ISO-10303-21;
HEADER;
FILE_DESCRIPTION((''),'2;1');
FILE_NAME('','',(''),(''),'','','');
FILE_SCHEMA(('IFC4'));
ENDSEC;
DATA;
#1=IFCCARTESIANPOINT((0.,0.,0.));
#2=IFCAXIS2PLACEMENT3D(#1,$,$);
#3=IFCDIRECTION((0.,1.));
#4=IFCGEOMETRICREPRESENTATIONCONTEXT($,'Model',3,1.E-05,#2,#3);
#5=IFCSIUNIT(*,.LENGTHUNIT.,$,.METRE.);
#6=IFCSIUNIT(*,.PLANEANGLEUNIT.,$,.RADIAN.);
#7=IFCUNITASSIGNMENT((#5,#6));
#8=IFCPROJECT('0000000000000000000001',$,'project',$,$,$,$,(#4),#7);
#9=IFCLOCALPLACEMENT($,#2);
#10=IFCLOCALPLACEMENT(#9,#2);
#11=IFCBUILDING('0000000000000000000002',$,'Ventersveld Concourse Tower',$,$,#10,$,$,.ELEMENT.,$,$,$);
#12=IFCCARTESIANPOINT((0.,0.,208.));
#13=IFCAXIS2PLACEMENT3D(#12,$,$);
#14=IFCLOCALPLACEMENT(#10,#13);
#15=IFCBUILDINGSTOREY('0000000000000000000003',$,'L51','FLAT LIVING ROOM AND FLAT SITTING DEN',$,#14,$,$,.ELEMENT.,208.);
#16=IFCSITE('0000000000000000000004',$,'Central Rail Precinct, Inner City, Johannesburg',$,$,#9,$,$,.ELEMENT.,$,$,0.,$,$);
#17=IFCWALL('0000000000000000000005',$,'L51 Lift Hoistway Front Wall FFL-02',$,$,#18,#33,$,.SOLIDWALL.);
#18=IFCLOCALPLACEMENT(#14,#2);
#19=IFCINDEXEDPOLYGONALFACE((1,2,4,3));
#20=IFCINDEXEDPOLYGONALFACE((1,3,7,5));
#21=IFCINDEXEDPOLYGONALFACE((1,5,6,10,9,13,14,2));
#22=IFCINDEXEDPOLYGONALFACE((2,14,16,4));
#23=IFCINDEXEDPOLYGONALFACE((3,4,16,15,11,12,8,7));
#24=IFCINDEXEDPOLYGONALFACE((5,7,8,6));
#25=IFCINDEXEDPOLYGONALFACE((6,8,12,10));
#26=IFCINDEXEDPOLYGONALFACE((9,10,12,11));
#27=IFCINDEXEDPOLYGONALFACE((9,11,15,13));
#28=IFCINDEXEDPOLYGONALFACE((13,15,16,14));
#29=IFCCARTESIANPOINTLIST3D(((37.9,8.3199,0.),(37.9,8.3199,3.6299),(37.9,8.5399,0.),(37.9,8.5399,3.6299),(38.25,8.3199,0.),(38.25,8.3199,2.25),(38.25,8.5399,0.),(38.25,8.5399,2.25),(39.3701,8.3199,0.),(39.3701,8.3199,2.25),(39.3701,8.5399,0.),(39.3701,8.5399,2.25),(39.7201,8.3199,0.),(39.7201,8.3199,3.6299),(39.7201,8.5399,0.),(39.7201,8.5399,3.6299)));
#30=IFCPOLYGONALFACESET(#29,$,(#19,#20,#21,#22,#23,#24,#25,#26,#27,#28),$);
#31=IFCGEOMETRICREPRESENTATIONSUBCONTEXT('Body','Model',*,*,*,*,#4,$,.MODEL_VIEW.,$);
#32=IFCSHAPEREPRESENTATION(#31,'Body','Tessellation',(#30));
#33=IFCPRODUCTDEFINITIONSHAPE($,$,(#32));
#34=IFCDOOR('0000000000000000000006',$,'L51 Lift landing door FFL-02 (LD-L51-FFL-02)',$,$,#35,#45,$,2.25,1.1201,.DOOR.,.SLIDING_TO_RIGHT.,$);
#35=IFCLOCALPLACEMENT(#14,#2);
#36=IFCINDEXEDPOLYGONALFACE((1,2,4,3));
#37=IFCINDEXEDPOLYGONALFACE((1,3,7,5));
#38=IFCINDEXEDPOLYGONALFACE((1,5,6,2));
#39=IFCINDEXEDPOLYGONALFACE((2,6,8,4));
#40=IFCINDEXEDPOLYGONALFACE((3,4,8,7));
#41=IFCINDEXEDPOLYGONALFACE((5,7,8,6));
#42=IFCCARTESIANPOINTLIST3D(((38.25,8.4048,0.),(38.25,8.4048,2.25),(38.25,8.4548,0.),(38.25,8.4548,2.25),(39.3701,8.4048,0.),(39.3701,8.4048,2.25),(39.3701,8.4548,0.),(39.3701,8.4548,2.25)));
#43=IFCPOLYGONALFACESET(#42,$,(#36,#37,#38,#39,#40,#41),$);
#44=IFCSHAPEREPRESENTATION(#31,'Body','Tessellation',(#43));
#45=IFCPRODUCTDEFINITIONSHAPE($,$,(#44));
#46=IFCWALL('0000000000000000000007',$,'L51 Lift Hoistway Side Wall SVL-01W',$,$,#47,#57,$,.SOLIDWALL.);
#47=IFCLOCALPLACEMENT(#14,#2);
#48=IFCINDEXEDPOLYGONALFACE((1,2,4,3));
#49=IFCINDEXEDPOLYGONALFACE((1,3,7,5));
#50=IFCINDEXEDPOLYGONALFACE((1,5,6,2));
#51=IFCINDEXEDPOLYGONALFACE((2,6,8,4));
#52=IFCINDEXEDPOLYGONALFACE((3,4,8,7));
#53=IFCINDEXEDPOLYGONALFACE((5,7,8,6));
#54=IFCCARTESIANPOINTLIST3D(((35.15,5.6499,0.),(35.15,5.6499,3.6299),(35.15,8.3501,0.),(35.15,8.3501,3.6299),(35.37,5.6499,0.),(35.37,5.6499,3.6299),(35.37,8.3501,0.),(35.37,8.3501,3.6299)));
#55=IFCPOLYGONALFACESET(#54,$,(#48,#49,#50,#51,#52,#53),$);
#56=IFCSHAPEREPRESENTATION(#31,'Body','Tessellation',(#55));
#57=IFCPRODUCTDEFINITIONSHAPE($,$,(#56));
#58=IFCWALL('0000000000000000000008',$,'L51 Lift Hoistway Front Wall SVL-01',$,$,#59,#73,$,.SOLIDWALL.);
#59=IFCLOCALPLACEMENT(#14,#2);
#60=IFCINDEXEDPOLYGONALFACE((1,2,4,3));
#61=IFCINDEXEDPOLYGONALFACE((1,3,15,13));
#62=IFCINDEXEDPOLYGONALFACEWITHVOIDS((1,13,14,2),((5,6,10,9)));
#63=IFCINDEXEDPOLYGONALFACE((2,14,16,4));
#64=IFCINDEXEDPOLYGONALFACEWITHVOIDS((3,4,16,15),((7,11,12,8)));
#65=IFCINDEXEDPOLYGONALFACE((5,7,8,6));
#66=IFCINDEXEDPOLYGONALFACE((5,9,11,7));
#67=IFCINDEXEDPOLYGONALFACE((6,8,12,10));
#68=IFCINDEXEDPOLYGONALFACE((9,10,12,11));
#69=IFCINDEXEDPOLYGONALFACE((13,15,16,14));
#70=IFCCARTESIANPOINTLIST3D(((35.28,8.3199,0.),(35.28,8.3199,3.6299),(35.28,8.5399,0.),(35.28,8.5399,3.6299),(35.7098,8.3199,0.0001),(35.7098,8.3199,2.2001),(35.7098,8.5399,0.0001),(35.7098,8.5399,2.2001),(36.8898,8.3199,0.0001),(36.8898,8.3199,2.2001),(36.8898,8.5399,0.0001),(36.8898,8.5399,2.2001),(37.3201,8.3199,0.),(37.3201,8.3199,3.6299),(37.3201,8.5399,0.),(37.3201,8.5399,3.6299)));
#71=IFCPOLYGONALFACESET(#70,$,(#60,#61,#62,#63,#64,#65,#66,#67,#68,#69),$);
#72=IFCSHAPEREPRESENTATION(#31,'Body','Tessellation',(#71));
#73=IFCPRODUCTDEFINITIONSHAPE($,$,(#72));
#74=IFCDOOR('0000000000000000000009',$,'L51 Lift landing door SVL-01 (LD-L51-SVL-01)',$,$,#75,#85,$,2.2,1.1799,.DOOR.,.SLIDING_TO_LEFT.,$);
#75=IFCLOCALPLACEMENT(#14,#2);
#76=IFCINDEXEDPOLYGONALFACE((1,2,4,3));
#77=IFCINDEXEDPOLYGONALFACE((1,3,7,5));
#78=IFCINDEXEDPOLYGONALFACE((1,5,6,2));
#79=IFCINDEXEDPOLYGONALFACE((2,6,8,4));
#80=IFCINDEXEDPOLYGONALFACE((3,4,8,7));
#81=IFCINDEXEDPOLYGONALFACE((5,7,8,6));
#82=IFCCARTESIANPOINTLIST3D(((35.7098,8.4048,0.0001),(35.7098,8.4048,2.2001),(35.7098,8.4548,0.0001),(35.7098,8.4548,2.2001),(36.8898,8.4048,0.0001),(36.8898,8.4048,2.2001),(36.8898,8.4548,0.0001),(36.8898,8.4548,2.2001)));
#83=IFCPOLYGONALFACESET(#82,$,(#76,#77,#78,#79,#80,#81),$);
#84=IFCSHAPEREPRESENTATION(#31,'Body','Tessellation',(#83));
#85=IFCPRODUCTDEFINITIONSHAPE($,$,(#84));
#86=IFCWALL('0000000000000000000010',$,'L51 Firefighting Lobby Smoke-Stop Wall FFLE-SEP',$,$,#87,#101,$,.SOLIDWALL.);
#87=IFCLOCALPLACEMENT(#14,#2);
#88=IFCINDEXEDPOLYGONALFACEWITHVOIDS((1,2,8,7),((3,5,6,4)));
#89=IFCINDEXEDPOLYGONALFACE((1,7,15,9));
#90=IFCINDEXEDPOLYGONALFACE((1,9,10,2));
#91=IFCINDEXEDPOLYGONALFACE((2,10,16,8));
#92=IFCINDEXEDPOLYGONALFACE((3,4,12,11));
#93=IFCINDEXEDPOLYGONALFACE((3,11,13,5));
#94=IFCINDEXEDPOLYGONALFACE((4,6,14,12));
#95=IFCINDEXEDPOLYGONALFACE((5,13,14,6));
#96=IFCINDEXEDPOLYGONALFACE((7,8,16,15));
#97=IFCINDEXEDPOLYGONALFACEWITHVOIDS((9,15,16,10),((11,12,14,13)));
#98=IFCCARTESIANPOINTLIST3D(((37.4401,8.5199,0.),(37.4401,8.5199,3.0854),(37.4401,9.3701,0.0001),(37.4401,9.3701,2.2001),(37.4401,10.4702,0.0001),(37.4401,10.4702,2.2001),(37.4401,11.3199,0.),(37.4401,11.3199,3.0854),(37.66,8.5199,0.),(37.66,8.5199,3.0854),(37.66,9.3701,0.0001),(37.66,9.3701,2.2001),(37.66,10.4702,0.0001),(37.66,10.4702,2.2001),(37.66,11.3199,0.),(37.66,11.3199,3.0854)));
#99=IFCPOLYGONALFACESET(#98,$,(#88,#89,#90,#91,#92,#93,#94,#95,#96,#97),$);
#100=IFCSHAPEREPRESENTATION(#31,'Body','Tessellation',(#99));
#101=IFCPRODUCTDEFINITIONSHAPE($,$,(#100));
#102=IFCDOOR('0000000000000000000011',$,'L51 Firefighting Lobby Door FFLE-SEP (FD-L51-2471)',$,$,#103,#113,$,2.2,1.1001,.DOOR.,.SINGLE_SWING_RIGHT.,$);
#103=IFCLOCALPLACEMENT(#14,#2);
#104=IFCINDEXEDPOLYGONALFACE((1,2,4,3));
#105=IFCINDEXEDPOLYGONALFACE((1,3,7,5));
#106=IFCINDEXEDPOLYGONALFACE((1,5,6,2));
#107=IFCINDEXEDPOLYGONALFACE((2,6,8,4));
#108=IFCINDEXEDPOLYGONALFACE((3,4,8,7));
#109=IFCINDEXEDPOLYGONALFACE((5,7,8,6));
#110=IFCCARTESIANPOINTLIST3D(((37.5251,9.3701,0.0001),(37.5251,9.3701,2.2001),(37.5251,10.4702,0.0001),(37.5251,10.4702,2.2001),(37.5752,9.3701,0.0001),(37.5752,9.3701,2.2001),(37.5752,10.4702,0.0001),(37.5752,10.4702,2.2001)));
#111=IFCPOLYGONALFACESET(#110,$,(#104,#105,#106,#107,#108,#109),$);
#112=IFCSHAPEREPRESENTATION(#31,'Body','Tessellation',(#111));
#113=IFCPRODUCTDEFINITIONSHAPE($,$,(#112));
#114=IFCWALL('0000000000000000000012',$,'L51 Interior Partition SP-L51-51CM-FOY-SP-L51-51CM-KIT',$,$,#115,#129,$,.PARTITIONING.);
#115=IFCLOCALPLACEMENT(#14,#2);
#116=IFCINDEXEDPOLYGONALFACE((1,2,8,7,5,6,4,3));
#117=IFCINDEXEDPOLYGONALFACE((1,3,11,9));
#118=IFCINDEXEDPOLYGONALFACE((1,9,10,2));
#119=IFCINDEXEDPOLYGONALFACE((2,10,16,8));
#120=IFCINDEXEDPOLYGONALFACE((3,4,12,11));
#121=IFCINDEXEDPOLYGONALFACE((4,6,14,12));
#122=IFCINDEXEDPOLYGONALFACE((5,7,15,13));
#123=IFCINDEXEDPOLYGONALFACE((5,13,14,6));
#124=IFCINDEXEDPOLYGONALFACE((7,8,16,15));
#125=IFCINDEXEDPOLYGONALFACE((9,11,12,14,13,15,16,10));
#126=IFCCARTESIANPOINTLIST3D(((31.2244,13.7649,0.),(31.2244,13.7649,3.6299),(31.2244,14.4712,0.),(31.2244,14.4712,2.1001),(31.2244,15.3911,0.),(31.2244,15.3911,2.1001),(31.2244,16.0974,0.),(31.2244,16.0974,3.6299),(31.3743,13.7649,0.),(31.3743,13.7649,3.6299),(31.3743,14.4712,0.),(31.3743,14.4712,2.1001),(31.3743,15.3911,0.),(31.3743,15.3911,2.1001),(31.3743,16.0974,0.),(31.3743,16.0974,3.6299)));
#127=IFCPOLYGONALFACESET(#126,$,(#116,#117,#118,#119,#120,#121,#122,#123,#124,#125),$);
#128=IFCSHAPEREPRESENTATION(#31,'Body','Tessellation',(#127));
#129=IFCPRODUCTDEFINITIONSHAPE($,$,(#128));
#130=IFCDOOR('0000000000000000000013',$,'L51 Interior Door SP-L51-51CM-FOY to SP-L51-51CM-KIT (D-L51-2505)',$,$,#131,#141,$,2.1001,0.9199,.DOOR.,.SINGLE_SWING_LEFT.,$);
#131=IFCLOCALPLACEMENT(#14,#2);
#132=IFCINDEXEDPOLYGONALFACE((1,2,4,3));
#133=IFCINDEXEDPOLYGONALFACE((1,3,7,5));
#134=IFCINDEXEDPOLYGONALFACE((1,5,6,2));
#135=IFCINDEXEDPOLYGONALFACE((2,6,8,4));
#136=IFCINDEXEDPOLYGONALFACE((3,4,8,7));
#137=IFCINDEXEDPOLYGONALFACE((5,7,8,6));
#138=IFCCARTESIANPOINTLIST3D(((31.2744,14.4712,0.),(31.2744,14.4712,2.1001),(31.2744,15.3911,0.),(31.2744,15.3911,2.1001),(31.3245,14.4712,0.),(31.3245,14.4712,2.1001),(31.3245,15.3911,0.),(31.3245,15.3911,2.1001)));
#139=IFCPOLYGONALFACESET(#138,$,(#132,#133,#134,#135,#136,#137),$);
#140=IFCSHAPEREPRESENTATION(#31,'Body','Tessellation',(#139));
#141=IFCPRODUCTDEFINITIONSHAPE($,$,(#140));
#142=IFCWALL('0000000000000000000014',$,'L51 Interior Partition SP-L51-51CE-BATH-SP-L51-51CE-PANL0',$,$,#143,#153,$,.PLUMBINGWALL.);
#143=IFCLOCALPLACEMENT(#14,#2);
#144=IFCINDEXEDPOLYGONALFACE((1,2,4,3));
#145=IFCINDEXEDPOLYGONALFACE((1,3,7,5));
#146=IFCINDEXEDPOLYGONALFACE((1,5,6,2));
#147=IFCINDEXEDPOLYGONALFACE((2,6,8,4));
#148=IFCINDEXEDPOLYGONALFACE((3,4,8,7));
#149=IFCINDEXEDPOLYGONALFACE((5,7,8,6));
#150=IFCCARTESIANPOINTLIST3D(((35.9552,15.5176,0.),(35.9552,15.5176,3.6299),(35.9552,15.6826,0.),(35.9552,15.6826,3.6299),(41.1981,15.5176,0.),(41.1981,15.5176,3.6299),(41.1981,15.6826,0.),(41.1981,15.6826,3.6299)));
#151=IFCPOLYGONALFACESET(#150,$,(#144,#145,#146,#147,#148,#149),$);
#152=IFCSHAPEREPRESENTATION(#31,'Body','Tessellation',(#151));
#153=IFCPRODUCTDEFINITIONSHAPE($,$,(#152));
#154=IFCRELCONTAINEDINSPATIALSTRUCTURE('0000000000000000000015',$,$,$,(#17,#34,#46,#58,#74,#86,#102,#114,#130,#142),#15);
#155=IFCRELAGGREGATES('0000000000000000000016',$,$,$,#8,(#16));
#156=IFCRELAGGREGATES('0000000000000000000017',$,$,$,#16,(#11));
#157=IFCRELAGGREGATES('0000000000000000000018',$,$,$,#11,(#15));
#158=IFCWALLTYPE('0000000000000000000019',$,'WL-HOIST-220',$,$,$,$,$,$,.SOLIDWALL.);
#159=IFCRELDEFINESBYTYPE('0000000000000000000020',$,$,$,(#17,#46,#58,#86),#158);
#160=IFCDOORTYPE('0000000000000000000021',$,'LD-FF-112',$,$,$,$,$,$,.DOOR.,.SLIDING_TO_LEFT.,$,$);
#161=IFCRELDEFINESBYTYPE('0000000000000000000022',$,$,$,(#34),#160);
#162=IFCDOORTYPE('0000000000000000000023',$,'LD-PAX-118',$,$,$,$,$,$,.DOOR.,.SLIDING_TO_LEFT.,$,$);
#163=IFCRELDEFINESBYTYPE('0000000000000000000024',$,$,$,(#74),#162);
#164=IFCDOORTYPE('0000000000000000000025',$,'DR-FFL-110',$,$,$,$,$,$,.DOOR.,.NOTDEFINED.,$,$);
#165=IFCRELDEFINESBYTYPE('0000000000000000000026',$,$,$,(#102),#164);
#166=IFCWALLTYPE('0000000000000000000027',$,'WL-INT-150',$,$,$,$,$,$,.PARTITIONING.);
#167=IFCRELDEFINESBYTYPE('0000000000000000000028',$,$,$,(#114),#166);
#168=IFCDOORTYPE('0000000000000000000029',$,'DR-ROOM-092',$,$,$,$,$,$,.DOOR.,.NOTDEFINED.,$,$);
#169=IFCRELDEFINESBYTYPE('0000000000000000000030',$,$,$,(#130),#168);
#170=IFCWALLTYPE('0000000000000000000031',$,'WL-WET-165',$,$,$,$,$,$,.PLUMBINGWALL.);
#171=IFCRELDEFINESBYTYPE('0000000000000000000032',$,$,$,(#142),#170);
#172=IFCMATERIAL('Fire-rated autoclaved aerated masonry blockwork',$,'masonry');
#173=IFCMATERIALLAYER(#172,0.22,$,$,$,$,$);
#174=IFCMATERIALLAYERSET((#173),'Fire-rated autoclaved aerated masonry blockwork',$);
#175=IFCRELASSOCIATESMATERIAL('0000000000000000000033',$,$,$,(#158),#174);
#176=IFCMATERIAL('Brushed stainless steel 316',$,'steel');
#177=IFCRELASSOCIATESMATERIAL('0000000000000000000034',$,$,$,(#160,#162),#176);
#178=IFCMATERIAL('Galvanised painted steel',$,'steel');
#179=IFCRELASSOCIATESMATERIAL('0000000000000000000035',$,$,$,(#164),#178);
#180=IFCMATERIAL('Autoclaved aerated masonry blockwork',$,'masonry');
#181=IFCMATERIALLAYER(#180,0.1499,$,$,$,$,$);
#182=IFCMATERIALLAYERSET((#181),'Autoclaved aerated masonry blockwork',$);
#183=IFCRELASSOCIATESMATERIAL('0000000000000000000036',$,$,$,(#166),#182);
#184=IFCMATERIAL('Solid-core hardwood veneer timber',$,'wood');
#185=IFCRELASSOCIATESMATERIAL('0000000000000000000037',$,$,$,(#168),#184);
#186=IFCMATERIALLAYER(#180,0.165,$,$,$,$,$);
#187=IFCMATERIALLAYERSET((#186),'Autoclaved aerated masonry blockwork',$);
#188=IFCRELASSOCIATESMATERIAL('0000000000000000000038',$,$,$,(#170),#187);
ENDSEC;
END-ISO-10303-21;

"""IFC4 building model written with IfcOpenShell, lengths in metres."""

from ifc_helpers import new_model, si_unit, direction, frame, frame_2d, origin, place, context, subcontext, project, spatial, rectangle, extrude, material, layer, layer_set, type_object, element, fill, save


model = new_model("IFC4")

# Units and contexts
model_context = context("Model", 3, precision=1e-05, world=origin(), true_north=direction((0.0, 1.0)))
body_context = subcontext(model_context, "Body", "Model", "MODEL_VIEW")
ifc_project = project(units=[si_unit("LENGTHUNIT", "METRE"), si_unit("PLANEANGLEUNIT", "RADIAN")], contexts=[model_context])

# Site, building, storey
site_placement = place(None, origin())
site = spatial("IfcSite", under=ifc_project, at=site_placement, Name="Central Rail Precinct, Inner City, Johannesburg", CompositionType="ELEMENT", RefElevation=0.0)
building_placement = place(site_placement, origin())
building = spatial("IfcBuilding", under=site, at=building_placement, Name="Ventersveld Concourse Tower", CompositionType="ELEMENT")
storey_placement = place(building_placement, frame((0.0, 0.0, 208.0)))
storey = spatial("IfcBuildingStorey", under=building, at=storey_placement, Name="L51", Description="FLAT LIVING ROOM AND FLAT SITTING DEN", CompositionType="ELEMENT", Elevation=208.0)

# Shared definitions
ifc_material_1 = material(Name="Fire-rated autoclaved aerated masonry blockwork", Category="masonry")
ifc_layer_1 = layer(ifc_material_1, 0.22)
ifc_layer_set_1 = layer_set([ifc_layer_1], Name="Fire-rated autoclaved aerated masonry blockwork")
wall_type_1 = type_object("IfcWallType", Name="WL-HOIST-220", PredefinedType="SOLIDWALL", material=ifc_layer_set_1)

# Wall, opening, door
wall_1_placement = place(storey_placement, frame((37.8999, 8.4299, 0.0), z_axis=(0.0, 0.0, 1.0), x_axis=(1.0, 0.0, 0.0)))
wall_1 = element("IfcWall", 1, at=wall_1_placement, inside=storey, type_object=wall_type_1, Name="L51 Lift Hoistway Front Wall FFL-02", PredefinedType="SOLIDWALL", context=body_context, shape_type="SweptSolid", body=[
    extrude(rectangle(XDim=1.8201, YDim=0.22, at=frame_2d((0.9102, 0.0))), origin(), (0.0, 0.0, 1.0), 3.6299),
])
opening_1_placement = place(wall_1_placement, frame((0.3501, 0.0, 0.0)))
opening_1 = element("IfcOpeningElement", 2, at=opening_1_placement, cuts=wall_1, PredefinedType="OPENING", context=body_context, shape_type="SweptSolid", body=[
    extrude(rectangle(XDim=1.1201, YDim=2.25, at=frame_2d((0.5601, 1.125))), frame((0.0, 0.1201, 0.0), z_axis=(0.0, -1.0, 0.0), x_axis=(1.0, 0.0, 0.0)), (0.0, 0.0, 1.0), 0.24),
])
ifc_material_2 = material(Name="Brushed stainless steel 316", Category="steel")
door_type_1 = type_object("IfcDoorType", Name="LD-FF-112", OperationType="SLIDING_TO_LEFT", PredefinedType="DOOR", material=ifc_material_2)
door_1_placement = place(opening_1_placement, origin())
door_1 = element("IfcDoor", 3, at=door_1_placement, inside=storey, type_object=door_type_1, Name="L51 Lift landing door FFL-02 (LD-L51-FFL-02)", OperationType="SLIDING_TO_RIGHT", OverallHeight=2.25, OverallWidth=1.1201, PredefinedType="DOOR", context=body_context, shape_type="SweptSolid", body=[
    extrude(rectangle(XDim=1.1201, YDim=2.25, at=frame_2d((0.5601, 1.125))), frame((0.0, 0.0249, 0.0), z_axis=(0.0, -1.0, 0.0), x_axis=(1.0, 0.0, 0.0)), (0.0, 0.0, 1.0), 0.05),
])
fill(opening_1, door_1)

# Wall
wall_2_placement = place(storey_placement, frame((35.26, 5.6499, 0.0), z_axis=(0.0, 0.0, 1.0), x_axis=(0.0, 1.0, 0.0)))
element("IfcWall", 4, at=wall_2_placement, inside=storey, type_object=wall_type_1, Name="L51 Lift Hoistway Side Wall SVL-01W", PredefinedType="SOLIDWALL", context=body_context, shape_type="SweptSolid", body=[
    extrude(rectangle(XDim=2.7002, YDim=0.22, at=frame_2d((1.3501, 0.0))), origin(), (0.0, 0.0, 1.0), 3.6299),
])

# Walls, openings, doors
wall_3_placement = place(storey_placement, frame((35.28, 8.4299, 0.0), z_axis=(0.0, 0.0, 1.0), x_axis=(1.0, 0.0, 0.0)))
wall_3 = element("IfcWall", 5, at=wall_3_placement, inside=storey, type_object=wall_type_1, Name="L51 Lift Hoistway Front Wall SVL-01", PredefinedType="SOLIDWALL", context=body_context, shape_type="SweptSolid", body=[
    extrude(rectangle(XDim=2.04, YDim=0.22, at=frame_2d((1.02, 0.0))), origin(), (0.0, 0.0, 1.0), 3.6299),
])
opening_2_placement = place(wall_3_placement, frame((0.4299, 0.0, 0.0)))
opening_2 = element("IfcOpeningElement", 6, at=opening_2_placement, cuts=wall_3, PredefinedType="OPENING", context=body_context, shape_type="SweptSolid", body=[
    extrude(rectangle(XDim=1.1799, YDim=2.2, at=frame_2d((0.5898, 1.1001))), frame((0.0, 0.1201, 0.0), z_axis=(0.0, -1.0, 0.0), x_axis=(1.0, 0.0, 0.0)), (0.0, 0.0, 1.0), 0.24),
])
door_type_2 = type_object("IfcDoorType", Name="LD-PAX-118", OperationType="SLIDING_TO_LEFT", PredefinedType="DOOR", material=ifc_material_2)
door_2_placement = place(opening_2_placement, origin())
door_2 = element("IfcDoor", 7, at=door_2_placement, inside=storey, type_object=door_type_2, Name="L51 Lift landing door SVL-01 (LD-L51-SVL-01)", OperationType="SLIDING_TO_LEFT", OverallHeight=2.2, OverallWidth=1.1799, PredefinedType="DOOR", context=body_context, shape_type="SweptSolid", body=[
    extrude(rectangle(XDim=1.1799, YDim=2.2, at=frame_2d((0.5898, 1.1001))), frame((0.0, 0.0249, 0.0), z_axis=(0.0, -1.0, 0.0), x_axis=(1.0, 0.0, 0.0)), (0.0, 0.0, 1.0), 0.05),
])
fill(opening_2, door_2)
wall_4_placement = place(storey_placement, frame((37.55, 8.52, 0.0), z_axis=(0.0, 0.0, 1.0), x_axis=(0.0, 1.0, 0.0)))
wall_4 = element("IfcWall", 8, at=wall_4_placement, inside=storey, type_object=wall_type_1, Name="L51 Firefighting Lobby Smoke-Stop Wall FFLE-SEP", PredefinedType="SOLIDWALL", context=body_context, shape_type="SweptSolid", body=[
    extrude(rectangle(XDim=2.8, YDim=0.22, at=frame_2d((1.3999, 0.0))), origin(), (0.0, 0.0, 1.0), 3.0854),
])
opening_3_placement = place(wall_4_placement, frame((0.8501, 0.0, 0.0)))
opening_3 = element("IfcOpeningElement", 9, at=opening_3_placement, cuts=wall_4, PredefinedType="OPENING", context=body_context, shape_type="SweptSolid", body=[
    extrude(rectangle(XDim=1.1001, YDim=2.2, at=frame_2d((0.55, 1.1001))), frame((0.0, 0.1201, 0.0), z_axis=(0.0, -1.0, 0.0), x_axis=(1.0, 0.0, 0.0)), (0.0, 0.0, 1.0), 0.24),
])
ifc_material_3 = material(Name="Galvanised painted steel", Category="steel")
door_type_3 = type_object("IfcDoorType", Name="DR-FFL-110", OperationType="NOTDEFINED", PredefinedType="DOOR", material=ifc_material_3)
door_3_placement = place(opening_3_placement, origin())
door_3 = element("IfcDoor", 10, at=door_3_placement, inside=storey, type_object=door_type_3, Name="L51 Firefighting Lobby Door FFLE-SEP (FD-L51-2471)", OperationType="SINGLE_SWING_RIGHT", OverallHeight=2.2, OverallWidth=1.1001, PredefinedType="DOOR", context=body_context, shape_type="SweptSolid", body=[
    extrude(rectangle(XDim=1.1001, YDim=2.2, at=frame_2d((0.55, 1.1001))), frame((0.0, 0.0249, 0.0), z_axis=(0.0, -1.0, 0.0), x_axis=(1.0, 0.0, 0.0)), (0.0, 0.0, 1.0), 0.05),
])
fill(opening_3, door_3)
ifc_material_4 = material(Name="Autoclaved aerated masonry blockwork", Category="masonry")
ifc_layer_2 = layer(ifc_material_4, 0.1499)
ifc_layer_set_2 = layer_set([ifc_layer_2], Name="Autoclaved aerated masonry blockwork")
wall_type_2 = type_object("IfcWallType", Name="WL-INT-150", PredefinedType="PARTITIONING", material=ifc_layer_set_2)
wall_5_placement = place(storey_placement, frame((31.2993, 13.7649, 0.0), z_axis=(0.0, 0.0, 1.0), x_axis=(0.0, 1.0, 0.0)))
wall_5 = element("IfcWall", 11, at=wall_5_placement, inside=storey, type_object=wall_type_2, Name="L51 Interior Partition SP-L51-51CM-FOY-SP-L51-51CM-KIT", PredefinedType="PARTITIONING", context=body_context, shape_type="SweptSolid", body=[
    extrude(rectangle(XDim=2.3325, YDim=0.1499, at=frame_2d((1.1663, 0.0))), origin(), (0.0, 0.0, 1.0), 3.6299),
])
opening_4_placement = place(wall_5_placement, frame((0.7063, 0.0, 0.0)))
opening_4 = element("IfcOpeningElement", 12, at=opening_4_placement, cuts=wall_5, PredefinedType="OPENING", context=body_context, shape_type="SweptSolid", body=[
    extrude(rectangle(XDim=0.9199, YDim=2.1001, at=frame_2d((0.46, 1.05))), frame((0.0, 0.085, 0.0), z_axis=(0.0, -1.0, 0.0), x_axis=(1.0, 0.0, 0.0)), (0.0, 0.0, 1.0), 0.1699),
])
ifc_material_5 = material(Name="Solid-core hardwood veneer timber", Category="wood")
door_type_4 = type_object("IfcDoorType", Name="DR-ROOM-092", OperationType="NOTDEFINED", PredefinedType="DOOR", material=ifc_material_5)
door_4_placement = place(opening_4_placement, origin())
door_4 = element("IfcDoor", 13, at=door_4_placement, inside=storey, type_object=door_type_4, Name="L51 Interior Door SP-L51-51CM-FOY to SP-L51-51CM-KIT (D-L51-2505)", OperationType="SINGLE_SWING_LEFT", OverallHeight=2.1001, OverallWidth=0.9199, PredefinedType="DOOR", context=body_context, shape_type="SweptSolid", body=[
    extrude(rectangle(XDim=0.9199, YDim=2.1001, at=frame_2d((0.46, 1.05))), frame((0.0, 0.0249, 0.0), z_axis=(0.0, -1.0, 0.0), x_axis=(1.0, 0.0, 0.0)), (0.0, 0.0, 1.0), 0.05),
])
fill(opening_4, door_4)

# Wall
ifc_layer_3 = layer(ifc_material_4, 0.165)
ifc_layer_set_3 = layer_set([ifc_layer_3], Name="Autoclaved aerated masonry blockwork")
wall_type_3 = type_object("IfcWallType", Name="WL-WET-165", PredefinedType="PLUMBINGWALL", material=ifc_layer_set_3)
wall_6_placement = place(storey_placement, frame((35.9551, 15.6001, 0.0), z_axis=(0.0, 0.0, 1.0), x_axis=(1.0, 0.0, 0.0)))
element("IfcWall", 14, at=wall_6_placement, inside=storey, type_object=wall_type_3, Name="L51 Interior Partition SP-L51-51CE-BATH-SP-L51-51CE-PANL0", PredefinedType="PLUMBINGWALL", context=body_context, shape_type="SweptSolid", body=[
    extrude(rectangle(XDim=5.2429, YDim=0.165, at=frame_2d((2.6216, 0.0))), origin(), (0.0, 0.0, 1.0), 3.6299),
])

save(model, "model.ifc")
